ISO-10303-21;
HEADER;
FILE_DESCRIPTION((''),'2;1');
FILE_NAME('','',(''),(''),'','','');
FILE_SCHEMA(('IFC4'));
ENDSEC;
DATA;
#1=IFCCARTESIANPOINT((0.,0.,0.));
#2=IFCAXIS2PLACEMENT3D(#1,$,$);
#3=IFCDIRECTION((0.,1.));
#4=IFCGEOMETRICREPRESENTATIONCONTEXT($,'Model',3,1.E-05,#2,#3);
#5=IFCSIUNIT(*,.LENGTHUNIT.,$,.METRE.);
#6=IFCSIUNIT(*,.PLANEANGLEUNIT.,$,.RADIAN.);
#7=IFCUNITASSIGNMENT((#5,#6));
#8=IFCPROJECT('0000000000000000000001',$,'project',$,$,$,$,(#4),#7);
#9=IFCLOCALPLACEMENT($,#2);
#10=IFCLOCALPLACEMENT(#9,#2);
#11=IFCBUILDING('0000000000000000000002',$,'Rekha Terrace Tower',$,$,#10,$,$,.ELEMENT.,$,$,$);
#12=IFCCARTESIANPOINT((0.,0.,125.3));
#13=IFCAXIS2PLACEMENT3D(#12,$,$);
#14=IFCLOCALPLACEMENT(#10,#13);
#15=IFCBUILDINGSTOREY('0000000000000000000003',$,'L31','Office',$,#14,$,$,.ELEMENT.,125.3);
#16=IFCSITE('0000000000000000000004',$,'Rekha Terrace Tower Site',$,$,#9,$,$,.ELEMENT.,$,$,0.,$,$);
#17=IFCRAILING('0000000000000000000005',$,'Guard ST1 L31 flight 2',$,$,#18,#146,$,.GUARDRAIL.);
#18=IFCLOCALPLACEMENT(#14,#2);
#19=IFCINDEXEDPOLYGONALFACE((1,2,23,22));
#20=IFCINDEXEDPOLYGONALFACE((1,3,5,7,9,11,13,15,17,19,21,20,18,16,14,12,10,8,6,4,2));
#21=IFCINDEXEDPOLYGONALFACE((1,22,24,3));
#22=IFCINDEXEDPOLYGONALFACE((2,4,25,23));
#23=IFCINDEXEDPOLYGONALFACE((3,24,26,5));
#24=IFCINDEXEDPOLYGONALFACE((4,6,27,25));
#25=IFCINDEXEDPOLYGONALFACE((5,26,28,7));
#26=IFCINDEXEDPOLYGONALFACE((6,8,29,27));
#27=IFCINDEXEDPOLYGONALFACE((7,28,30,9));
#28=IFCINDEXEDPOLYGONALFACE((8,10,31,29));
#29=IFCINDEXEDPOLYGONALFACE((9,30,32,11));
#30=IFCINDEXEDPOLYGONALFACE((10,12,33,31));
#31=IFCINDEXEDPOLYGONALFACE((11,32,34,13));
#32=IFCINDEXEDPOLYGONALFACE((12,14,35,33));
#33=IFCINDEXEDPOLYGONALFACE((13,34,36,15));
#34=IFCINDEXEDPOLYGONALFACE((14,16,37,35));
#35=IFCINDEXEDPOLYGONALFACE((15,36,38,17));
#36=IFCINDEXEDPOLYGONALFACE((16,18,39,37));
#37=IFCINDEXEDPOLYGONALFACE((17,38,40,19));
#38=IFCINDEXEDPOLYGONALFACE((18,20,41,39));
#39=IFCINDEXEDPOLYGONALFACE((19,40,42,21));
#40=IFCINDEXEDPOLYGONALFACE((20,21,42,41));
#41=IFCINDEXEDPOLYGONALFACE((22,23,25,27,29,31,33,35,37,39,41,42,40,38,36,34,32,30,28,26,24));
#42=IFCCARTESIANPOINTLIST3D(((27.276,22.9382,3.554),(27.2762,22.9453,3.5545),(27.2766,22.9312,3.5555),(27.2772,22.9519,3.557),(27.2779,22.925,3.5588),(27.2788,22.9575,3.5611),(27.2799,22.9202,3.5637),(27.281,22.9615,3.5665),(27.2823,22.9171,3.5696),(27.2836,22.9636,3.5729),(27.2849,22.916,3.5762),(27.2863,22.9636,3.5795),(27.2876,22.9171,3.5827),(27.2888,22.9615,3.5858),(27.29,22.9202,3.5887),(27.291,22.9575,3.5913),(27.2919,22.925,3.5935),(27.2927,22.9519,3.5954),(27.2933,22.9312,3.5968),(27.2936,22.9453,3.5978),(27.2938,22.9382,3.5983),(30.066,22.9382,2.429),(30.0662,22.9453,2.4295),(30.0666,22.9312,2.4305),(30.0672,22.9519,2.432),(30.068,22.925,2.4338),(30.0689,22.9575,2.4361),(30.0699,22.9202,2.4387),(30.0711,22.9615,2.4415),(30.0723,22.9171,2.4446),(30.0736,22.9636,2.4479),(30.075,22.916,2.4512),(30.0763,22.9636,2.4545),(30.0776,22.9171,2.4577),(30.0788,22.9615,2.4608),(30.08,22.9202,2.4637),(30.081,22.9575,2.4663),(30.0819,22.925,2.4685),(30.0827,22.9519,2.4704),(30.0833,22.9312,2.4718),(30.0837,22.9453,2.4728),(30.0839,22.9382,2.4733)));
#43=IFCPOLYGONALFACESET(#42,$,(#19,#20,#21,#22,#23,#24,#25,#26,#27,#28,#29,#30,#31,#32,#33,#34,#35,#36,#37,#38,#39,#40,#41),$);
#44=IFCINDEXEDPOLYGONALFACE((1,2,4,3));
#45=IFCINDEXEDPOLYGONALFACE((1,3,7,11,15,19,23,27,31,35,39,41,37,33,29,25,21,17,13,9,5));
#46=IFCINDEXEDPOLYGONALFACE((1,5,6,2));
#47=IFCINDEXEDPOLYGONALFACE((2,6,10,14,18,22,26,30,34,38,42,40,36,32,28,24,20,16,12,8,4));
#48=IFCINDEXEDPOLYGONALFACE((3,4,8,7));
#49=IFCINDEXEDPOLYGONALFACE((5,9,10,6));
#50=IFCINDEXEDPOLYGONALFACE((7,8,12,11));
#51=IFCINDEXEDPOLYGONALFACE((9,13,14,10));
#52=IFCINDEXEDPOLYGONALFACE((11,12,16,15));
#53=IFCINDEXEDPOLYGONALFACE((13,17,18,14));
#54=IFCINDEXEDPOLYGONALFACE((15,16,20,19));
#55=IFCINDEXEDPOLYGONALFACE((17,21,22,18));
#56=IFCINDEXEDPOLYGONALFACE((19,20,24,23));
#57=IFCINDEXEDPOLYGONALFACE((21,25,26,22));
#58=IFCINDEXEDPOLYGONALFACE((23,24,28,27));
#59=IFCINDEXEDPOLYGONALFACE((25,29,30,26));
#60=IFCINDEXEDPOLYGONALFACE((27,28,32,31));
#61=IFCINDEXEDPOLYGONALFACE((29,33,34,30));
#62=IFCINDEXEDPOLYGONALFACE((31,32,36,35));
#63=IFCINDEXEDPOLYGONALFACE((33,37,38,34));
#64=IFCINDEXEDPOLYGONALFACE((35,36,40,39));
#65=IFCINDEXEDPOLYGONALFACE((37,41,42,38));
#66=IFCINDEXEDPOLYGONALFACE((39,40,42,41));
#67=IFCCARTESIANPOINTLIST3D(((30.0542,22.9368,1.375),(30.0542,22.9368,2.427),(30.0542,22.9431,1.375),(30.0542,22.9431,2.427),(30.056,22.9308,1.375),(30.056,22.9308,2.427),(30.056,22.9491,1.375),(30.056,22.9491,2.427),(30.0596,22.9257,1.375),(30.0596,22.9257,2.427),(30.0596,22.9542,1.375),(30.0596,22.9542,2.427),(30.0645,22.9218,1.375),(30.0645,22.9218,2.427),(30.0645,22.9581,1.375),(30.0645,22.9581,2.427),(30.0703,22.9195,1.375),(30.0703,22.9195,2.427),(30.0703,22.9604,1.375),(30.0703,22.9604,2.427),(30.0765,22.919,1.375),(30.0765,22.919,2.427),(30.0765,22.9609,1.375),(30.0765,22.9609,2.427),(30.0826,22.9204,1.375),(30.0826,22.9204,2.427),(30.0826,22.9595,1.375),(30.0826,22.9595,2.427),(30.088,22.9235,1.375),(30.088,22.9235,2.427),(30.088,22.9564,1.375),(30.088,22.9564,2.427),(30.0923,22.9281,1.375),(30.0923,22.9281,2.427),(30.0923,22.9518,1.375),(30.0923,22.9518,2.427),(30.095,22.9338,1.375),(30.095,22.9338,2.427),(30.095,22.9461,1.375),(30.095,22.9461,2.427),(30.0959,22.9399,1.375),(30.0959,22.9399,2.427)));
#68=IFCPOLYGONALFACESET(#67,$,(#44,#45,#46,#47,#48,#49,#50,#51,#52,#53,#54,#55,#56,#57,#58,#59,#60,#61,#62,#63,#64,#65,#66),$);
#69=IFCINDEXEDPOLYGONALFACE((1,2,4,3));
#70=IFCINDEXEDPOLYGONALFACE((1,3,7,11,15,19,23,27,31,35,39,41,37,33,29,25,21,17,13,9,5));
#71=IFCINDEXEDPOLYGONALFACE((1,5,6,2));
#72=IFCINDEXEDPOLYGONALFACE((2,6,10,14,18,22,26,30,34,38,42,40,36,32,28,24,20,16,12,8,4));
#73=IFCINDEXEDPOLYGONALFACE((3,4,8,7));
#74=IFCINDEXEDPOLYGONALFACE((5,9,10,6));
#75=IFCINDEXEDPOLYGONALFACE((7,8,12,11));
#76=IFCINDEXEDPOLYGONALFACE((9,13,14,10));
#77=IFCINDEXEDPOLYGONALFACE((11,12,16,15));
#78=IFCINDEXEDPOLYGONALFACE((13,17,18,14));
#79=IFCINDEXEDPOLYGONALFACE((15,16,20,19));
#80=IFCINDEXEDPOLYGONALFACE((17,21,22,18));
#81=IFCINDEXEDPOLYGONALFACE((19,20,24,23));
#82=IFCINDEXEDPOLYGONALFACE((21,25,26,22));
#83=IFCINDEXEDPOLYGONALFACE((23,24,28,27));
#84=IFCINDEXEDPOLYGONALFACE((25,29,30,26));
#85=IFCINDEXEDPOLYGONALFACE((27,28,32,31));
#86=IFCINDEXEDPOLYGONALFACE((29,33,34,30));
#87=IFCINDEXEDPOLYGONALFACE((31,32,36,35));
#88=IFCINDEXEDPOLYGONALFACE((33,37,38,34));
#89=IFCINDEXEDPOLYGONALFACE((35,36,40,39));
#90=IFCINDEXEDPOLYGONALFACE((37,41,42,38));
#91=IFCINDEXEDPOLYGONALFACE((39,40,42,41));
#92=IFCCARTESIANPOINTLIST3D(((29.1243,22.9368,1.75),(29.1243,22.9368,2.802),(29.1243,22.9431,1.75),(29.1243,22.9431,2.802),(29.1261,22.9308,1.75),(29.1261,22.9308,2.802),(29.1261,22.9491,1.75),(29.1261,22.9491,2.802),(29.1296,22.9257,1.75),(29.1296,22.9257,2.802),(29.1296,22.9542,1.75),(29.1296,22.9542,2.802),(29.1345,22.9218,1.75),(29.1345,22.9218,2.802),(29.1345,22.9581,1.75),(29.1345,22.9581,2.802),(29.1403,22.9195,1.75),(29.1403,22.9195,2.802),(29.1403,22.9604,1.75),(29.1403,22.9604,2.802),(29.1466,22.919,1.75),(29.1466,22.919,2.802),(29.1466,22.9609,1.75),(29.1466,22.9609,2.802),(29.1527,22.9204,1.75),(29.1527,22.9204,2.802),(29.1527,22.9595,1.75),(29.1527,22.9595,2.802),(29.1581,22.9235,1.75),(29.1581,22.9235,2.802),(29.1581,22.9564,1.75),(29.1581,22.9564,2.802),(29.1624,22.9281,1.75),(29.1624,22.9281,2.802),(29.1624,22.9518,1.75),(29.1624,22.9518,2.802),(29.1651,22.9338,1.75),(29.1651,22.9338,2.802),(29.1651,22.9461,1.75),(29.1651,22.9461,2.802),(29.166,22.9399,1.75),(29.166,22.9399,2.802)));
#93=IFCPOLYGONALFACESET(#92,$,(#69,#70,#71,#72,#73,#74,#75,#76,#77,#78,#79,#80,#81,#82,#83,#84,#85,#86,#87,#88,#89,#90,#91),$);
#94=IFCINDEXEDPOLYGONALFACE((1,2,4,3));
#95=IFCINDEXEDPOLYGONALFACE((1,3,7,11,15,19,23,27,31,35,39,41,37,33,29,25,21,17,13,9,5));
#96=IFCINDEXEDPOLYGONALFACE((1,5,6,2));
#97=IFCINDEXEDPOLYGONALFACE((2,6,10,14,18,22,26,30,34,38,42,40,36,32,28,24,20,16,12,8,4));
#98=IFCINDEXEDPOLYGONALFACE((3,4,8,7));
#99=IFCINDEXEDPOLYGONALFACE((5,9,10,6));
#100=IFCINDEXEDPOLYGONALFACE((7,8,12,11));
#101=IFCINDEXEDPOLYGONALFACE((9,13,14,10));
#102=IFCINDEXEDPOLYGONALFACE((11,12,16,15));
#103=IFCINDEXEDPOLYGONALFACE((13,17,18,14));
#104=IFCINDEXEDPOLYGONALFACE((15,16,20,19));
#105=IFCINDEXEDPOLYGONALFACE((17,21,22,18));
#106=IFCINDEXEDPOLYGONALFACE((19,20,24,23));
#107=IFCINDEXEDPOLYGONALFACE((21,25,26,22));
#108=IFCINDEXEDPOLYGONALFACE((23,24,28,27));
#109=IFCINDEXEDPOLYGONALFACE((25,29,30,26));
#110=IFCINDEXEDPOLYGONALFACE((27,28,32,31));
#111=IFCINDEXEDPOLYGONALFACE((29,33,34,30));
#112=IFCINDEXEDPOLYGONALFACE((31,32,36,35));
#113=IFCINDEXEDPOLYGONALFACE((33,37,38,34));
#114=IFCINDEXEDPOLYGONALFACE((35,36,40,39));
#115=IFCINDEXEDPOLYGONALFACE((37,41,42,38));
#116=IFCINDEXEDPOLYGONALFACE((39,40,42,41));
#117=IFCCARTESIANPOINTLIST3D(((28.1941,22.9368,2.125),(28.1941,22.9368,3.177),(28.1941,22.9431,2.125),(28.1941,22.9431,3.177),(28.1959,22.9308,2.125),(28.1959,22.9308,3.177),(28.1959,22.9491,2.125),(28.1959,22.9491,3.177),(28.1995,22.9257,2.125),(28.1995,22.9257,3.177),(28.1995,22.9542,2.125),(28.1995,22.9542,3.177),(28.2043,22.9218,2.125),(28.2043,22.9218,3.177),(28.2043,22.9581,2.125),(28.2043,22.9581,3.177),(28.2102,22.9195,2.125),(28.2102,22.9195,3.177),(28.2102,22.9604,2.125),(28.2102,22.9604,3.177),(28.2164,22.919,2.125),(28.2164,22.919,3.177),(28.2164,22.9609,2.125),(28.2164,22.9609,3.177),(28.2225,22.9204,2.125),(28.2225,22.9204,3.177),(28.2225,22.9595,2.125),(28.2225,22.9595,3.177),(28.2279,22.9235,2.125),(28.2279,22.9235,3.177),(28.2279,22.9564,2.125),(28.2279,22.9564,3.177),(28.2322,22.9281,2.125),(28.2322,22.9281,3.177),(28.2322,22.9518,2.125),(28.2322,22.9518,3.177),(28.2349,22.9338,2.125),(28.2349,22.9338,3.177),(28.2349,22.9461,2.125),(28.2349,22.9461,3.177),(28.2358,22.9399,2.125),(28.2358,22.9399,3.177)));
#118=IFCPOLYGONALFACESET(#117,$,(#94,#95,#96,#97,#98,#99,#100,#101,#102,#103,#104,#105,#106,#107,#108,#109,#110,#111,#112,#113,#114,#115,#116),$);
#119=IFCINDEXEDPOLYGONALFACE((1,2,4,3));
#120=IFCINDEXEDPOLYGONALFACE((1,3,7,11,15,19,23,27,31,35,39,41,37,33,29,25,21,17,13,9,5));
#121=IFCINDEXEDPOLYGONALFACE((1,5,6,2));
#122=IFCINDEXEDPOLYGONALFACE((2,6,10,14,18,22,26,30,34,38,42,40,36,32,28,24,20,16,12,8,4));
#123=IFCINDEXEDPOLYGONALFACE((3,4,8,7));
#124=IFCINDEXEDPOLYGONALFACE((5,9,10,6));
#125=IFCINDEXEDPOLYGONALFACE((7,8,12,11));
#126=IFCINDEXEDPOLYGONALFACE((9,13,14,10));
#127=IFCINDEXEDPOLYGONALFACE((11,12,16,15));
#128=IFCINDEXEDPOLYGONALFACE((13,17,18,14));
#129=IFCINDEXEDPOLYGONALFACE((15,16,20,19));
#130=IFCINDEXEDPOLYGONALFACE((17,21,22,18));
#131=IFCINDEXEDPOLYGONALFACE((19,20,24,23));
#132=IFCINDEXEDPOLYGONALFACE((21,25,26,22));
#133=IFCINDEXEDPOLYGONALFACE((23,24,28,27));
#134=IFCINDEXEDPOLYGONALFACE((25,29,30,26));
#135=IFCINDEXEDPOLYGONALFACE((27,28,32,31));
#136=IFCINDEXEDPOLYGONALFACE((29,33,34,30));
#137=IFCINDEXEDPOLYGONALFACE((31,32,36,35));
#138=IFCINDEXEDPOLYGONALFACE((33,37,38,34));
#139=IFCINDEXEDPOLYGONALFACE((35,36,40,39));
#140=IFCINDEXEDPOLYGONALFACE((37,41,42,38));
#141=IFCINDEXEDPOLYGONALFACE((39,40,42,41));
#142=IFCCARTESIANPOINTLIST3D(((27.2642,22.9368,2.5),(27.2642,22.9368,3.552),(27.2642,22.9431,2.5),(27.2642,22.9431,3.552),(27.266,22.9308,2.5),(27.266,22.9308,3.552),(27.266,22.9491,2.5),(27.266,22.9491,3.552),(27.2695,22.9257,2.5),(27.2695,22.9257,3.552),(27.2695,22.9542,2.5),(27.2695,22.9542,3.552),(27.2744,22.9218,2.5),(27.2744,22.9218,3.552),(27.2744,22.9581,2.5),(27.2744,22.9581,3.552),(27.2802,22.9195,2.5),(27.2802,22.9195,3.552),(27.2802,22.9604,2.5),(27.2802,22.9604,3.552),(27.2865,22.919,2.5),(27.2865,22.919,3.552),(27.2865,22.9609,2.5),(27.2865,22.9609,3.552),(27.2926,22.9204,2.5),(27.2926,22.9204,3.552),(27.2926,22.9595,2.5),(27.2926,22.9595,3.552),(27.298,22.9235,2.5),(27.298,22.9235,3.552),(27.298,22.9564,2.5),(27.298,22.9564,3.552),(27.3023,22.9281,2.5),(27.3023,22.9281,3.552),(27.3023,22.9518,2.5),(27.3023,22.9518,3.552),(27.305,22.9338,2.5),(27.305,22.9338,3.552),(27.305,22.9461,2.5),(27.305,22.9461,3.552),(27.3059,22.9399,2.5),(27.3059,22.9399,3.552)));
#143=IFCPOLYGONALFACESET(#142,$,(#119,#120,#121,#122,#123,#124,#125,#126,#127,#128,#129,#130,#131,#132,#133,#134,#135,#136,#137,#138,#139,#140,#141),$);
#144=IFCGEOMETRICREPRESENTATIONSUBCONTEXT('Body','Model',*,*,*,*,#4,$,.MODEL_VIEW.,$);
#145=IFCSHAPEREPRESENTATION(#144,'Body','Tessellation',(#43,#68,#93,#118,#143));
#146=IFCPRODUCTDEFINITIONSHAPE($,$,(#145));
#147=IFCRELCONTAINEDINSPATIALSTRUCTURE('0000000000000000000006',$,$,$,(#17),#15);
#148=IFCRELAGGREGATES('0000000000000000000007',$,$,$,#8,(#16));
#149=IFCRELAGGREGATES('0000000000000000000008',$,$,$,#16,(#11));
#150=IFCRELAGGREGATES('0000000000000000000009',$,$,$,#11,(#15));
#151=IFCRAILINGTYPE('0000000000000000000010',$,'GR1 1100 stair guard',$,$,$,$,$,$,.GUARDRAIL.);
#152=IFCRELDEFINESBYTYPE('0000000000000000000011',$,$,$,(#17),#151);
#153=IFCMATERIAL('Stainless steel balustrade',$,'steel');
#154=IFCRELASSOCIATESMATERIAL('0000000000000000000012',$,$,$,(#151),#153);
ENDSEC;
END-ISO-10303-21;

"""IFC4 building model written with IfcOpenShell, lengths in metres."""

from ifc_helpers import new_model, si_unit, direction, frame, origin, origin_2d, place, context, subcontext, project, spatial, circle, extrude, material, type_object, element, save


model = new_model("IFC4")

# Units and contexts
model_context = context("Model", 3, precision=1e-05, world=origin(), true_north=direction((0.0, 1.0)))
body_context = subcontext(model_context, "Body", "Model", "MODEL_VIEW")
ifc_project = project(units=[si_unit("LENGTHUNIT", "METRE"), si_unit("PLANEANGLEUNIT", "RADIAN")], contexts=[model_context])

# Site, building, storey
site_placement = place(None, origin())
site = spatial("IfcSite", under=ifc_project, at=site_placement, Name="Rekha Terrace Tower Site", CompositionType="ELEMENT", RefElevation=0.0)
building_placement = place(site_placement, origin())
building = spatial("IfcBuilding", under=site, at=building_placement, Name="Rekha Terrace Tower", CompositionType="ELEMENT")
storey_placement = place(building_placement, frame((0.0, 0.0, 125.3)))
storey = spatial("IfcBuildingStorey", under=building, at=storey_placement, Name="L31", Description="Office", CompositionType="ELEMENT", Elevation=125.3)

# Railing
ifc_material_1 = material(Name="Stainless steel balustrade", Category="steel")
railing_type_1 = type_object("IfcRailingType", Name="GR1 1100 stair guard", PredefinedType="GUARDRAIL", material=ifc_material_1)
railing_1_placement = place(storey_placement, frame((30.075, 22.9399, 1.375)))
element("IfcRailing", 1, at=railing_1_placement, inside=storey, type_object=railing_type_1, Name="Guard ST1 L31 flight 2", PredefinedType="GUARDRAIL", context=body_context, shape_type="SweptSolid", body=[
    extrude(circle(Radius=0.0239, at=origin_2d()), frame((0.0, 0.0, 1.0762), z_axis=(-0.927443, 0.0, 0.373964), x_axis=(0.0, -1.0, 0.0)), (0.0, 0.0, 1.0), 3.0083),
    extrude(circle(Radius=0.021, at=origin_2d()), origin(), (0.0, 0.0, 1.0), 1.052),
    extrude(circle(Radius=0.021, at=origin_2d()), frame((-0.9299, 0.0, 0.375)), (0.0, 0.0, 1.0), 1.052),
    extrude(circle(Radius=0.021, at=origin_2d()), frame((-1.8601, 0.0, 0.75)), (0.0, 0.0, 1.0), 1.052),
    extrude(circle(Radius=0.021, at=origin_2d()), frame((-2.79, 0.0, 1.125)), (0.0, 0.0, 1.0), 1.052),
])

save(model, "model.ifc")
